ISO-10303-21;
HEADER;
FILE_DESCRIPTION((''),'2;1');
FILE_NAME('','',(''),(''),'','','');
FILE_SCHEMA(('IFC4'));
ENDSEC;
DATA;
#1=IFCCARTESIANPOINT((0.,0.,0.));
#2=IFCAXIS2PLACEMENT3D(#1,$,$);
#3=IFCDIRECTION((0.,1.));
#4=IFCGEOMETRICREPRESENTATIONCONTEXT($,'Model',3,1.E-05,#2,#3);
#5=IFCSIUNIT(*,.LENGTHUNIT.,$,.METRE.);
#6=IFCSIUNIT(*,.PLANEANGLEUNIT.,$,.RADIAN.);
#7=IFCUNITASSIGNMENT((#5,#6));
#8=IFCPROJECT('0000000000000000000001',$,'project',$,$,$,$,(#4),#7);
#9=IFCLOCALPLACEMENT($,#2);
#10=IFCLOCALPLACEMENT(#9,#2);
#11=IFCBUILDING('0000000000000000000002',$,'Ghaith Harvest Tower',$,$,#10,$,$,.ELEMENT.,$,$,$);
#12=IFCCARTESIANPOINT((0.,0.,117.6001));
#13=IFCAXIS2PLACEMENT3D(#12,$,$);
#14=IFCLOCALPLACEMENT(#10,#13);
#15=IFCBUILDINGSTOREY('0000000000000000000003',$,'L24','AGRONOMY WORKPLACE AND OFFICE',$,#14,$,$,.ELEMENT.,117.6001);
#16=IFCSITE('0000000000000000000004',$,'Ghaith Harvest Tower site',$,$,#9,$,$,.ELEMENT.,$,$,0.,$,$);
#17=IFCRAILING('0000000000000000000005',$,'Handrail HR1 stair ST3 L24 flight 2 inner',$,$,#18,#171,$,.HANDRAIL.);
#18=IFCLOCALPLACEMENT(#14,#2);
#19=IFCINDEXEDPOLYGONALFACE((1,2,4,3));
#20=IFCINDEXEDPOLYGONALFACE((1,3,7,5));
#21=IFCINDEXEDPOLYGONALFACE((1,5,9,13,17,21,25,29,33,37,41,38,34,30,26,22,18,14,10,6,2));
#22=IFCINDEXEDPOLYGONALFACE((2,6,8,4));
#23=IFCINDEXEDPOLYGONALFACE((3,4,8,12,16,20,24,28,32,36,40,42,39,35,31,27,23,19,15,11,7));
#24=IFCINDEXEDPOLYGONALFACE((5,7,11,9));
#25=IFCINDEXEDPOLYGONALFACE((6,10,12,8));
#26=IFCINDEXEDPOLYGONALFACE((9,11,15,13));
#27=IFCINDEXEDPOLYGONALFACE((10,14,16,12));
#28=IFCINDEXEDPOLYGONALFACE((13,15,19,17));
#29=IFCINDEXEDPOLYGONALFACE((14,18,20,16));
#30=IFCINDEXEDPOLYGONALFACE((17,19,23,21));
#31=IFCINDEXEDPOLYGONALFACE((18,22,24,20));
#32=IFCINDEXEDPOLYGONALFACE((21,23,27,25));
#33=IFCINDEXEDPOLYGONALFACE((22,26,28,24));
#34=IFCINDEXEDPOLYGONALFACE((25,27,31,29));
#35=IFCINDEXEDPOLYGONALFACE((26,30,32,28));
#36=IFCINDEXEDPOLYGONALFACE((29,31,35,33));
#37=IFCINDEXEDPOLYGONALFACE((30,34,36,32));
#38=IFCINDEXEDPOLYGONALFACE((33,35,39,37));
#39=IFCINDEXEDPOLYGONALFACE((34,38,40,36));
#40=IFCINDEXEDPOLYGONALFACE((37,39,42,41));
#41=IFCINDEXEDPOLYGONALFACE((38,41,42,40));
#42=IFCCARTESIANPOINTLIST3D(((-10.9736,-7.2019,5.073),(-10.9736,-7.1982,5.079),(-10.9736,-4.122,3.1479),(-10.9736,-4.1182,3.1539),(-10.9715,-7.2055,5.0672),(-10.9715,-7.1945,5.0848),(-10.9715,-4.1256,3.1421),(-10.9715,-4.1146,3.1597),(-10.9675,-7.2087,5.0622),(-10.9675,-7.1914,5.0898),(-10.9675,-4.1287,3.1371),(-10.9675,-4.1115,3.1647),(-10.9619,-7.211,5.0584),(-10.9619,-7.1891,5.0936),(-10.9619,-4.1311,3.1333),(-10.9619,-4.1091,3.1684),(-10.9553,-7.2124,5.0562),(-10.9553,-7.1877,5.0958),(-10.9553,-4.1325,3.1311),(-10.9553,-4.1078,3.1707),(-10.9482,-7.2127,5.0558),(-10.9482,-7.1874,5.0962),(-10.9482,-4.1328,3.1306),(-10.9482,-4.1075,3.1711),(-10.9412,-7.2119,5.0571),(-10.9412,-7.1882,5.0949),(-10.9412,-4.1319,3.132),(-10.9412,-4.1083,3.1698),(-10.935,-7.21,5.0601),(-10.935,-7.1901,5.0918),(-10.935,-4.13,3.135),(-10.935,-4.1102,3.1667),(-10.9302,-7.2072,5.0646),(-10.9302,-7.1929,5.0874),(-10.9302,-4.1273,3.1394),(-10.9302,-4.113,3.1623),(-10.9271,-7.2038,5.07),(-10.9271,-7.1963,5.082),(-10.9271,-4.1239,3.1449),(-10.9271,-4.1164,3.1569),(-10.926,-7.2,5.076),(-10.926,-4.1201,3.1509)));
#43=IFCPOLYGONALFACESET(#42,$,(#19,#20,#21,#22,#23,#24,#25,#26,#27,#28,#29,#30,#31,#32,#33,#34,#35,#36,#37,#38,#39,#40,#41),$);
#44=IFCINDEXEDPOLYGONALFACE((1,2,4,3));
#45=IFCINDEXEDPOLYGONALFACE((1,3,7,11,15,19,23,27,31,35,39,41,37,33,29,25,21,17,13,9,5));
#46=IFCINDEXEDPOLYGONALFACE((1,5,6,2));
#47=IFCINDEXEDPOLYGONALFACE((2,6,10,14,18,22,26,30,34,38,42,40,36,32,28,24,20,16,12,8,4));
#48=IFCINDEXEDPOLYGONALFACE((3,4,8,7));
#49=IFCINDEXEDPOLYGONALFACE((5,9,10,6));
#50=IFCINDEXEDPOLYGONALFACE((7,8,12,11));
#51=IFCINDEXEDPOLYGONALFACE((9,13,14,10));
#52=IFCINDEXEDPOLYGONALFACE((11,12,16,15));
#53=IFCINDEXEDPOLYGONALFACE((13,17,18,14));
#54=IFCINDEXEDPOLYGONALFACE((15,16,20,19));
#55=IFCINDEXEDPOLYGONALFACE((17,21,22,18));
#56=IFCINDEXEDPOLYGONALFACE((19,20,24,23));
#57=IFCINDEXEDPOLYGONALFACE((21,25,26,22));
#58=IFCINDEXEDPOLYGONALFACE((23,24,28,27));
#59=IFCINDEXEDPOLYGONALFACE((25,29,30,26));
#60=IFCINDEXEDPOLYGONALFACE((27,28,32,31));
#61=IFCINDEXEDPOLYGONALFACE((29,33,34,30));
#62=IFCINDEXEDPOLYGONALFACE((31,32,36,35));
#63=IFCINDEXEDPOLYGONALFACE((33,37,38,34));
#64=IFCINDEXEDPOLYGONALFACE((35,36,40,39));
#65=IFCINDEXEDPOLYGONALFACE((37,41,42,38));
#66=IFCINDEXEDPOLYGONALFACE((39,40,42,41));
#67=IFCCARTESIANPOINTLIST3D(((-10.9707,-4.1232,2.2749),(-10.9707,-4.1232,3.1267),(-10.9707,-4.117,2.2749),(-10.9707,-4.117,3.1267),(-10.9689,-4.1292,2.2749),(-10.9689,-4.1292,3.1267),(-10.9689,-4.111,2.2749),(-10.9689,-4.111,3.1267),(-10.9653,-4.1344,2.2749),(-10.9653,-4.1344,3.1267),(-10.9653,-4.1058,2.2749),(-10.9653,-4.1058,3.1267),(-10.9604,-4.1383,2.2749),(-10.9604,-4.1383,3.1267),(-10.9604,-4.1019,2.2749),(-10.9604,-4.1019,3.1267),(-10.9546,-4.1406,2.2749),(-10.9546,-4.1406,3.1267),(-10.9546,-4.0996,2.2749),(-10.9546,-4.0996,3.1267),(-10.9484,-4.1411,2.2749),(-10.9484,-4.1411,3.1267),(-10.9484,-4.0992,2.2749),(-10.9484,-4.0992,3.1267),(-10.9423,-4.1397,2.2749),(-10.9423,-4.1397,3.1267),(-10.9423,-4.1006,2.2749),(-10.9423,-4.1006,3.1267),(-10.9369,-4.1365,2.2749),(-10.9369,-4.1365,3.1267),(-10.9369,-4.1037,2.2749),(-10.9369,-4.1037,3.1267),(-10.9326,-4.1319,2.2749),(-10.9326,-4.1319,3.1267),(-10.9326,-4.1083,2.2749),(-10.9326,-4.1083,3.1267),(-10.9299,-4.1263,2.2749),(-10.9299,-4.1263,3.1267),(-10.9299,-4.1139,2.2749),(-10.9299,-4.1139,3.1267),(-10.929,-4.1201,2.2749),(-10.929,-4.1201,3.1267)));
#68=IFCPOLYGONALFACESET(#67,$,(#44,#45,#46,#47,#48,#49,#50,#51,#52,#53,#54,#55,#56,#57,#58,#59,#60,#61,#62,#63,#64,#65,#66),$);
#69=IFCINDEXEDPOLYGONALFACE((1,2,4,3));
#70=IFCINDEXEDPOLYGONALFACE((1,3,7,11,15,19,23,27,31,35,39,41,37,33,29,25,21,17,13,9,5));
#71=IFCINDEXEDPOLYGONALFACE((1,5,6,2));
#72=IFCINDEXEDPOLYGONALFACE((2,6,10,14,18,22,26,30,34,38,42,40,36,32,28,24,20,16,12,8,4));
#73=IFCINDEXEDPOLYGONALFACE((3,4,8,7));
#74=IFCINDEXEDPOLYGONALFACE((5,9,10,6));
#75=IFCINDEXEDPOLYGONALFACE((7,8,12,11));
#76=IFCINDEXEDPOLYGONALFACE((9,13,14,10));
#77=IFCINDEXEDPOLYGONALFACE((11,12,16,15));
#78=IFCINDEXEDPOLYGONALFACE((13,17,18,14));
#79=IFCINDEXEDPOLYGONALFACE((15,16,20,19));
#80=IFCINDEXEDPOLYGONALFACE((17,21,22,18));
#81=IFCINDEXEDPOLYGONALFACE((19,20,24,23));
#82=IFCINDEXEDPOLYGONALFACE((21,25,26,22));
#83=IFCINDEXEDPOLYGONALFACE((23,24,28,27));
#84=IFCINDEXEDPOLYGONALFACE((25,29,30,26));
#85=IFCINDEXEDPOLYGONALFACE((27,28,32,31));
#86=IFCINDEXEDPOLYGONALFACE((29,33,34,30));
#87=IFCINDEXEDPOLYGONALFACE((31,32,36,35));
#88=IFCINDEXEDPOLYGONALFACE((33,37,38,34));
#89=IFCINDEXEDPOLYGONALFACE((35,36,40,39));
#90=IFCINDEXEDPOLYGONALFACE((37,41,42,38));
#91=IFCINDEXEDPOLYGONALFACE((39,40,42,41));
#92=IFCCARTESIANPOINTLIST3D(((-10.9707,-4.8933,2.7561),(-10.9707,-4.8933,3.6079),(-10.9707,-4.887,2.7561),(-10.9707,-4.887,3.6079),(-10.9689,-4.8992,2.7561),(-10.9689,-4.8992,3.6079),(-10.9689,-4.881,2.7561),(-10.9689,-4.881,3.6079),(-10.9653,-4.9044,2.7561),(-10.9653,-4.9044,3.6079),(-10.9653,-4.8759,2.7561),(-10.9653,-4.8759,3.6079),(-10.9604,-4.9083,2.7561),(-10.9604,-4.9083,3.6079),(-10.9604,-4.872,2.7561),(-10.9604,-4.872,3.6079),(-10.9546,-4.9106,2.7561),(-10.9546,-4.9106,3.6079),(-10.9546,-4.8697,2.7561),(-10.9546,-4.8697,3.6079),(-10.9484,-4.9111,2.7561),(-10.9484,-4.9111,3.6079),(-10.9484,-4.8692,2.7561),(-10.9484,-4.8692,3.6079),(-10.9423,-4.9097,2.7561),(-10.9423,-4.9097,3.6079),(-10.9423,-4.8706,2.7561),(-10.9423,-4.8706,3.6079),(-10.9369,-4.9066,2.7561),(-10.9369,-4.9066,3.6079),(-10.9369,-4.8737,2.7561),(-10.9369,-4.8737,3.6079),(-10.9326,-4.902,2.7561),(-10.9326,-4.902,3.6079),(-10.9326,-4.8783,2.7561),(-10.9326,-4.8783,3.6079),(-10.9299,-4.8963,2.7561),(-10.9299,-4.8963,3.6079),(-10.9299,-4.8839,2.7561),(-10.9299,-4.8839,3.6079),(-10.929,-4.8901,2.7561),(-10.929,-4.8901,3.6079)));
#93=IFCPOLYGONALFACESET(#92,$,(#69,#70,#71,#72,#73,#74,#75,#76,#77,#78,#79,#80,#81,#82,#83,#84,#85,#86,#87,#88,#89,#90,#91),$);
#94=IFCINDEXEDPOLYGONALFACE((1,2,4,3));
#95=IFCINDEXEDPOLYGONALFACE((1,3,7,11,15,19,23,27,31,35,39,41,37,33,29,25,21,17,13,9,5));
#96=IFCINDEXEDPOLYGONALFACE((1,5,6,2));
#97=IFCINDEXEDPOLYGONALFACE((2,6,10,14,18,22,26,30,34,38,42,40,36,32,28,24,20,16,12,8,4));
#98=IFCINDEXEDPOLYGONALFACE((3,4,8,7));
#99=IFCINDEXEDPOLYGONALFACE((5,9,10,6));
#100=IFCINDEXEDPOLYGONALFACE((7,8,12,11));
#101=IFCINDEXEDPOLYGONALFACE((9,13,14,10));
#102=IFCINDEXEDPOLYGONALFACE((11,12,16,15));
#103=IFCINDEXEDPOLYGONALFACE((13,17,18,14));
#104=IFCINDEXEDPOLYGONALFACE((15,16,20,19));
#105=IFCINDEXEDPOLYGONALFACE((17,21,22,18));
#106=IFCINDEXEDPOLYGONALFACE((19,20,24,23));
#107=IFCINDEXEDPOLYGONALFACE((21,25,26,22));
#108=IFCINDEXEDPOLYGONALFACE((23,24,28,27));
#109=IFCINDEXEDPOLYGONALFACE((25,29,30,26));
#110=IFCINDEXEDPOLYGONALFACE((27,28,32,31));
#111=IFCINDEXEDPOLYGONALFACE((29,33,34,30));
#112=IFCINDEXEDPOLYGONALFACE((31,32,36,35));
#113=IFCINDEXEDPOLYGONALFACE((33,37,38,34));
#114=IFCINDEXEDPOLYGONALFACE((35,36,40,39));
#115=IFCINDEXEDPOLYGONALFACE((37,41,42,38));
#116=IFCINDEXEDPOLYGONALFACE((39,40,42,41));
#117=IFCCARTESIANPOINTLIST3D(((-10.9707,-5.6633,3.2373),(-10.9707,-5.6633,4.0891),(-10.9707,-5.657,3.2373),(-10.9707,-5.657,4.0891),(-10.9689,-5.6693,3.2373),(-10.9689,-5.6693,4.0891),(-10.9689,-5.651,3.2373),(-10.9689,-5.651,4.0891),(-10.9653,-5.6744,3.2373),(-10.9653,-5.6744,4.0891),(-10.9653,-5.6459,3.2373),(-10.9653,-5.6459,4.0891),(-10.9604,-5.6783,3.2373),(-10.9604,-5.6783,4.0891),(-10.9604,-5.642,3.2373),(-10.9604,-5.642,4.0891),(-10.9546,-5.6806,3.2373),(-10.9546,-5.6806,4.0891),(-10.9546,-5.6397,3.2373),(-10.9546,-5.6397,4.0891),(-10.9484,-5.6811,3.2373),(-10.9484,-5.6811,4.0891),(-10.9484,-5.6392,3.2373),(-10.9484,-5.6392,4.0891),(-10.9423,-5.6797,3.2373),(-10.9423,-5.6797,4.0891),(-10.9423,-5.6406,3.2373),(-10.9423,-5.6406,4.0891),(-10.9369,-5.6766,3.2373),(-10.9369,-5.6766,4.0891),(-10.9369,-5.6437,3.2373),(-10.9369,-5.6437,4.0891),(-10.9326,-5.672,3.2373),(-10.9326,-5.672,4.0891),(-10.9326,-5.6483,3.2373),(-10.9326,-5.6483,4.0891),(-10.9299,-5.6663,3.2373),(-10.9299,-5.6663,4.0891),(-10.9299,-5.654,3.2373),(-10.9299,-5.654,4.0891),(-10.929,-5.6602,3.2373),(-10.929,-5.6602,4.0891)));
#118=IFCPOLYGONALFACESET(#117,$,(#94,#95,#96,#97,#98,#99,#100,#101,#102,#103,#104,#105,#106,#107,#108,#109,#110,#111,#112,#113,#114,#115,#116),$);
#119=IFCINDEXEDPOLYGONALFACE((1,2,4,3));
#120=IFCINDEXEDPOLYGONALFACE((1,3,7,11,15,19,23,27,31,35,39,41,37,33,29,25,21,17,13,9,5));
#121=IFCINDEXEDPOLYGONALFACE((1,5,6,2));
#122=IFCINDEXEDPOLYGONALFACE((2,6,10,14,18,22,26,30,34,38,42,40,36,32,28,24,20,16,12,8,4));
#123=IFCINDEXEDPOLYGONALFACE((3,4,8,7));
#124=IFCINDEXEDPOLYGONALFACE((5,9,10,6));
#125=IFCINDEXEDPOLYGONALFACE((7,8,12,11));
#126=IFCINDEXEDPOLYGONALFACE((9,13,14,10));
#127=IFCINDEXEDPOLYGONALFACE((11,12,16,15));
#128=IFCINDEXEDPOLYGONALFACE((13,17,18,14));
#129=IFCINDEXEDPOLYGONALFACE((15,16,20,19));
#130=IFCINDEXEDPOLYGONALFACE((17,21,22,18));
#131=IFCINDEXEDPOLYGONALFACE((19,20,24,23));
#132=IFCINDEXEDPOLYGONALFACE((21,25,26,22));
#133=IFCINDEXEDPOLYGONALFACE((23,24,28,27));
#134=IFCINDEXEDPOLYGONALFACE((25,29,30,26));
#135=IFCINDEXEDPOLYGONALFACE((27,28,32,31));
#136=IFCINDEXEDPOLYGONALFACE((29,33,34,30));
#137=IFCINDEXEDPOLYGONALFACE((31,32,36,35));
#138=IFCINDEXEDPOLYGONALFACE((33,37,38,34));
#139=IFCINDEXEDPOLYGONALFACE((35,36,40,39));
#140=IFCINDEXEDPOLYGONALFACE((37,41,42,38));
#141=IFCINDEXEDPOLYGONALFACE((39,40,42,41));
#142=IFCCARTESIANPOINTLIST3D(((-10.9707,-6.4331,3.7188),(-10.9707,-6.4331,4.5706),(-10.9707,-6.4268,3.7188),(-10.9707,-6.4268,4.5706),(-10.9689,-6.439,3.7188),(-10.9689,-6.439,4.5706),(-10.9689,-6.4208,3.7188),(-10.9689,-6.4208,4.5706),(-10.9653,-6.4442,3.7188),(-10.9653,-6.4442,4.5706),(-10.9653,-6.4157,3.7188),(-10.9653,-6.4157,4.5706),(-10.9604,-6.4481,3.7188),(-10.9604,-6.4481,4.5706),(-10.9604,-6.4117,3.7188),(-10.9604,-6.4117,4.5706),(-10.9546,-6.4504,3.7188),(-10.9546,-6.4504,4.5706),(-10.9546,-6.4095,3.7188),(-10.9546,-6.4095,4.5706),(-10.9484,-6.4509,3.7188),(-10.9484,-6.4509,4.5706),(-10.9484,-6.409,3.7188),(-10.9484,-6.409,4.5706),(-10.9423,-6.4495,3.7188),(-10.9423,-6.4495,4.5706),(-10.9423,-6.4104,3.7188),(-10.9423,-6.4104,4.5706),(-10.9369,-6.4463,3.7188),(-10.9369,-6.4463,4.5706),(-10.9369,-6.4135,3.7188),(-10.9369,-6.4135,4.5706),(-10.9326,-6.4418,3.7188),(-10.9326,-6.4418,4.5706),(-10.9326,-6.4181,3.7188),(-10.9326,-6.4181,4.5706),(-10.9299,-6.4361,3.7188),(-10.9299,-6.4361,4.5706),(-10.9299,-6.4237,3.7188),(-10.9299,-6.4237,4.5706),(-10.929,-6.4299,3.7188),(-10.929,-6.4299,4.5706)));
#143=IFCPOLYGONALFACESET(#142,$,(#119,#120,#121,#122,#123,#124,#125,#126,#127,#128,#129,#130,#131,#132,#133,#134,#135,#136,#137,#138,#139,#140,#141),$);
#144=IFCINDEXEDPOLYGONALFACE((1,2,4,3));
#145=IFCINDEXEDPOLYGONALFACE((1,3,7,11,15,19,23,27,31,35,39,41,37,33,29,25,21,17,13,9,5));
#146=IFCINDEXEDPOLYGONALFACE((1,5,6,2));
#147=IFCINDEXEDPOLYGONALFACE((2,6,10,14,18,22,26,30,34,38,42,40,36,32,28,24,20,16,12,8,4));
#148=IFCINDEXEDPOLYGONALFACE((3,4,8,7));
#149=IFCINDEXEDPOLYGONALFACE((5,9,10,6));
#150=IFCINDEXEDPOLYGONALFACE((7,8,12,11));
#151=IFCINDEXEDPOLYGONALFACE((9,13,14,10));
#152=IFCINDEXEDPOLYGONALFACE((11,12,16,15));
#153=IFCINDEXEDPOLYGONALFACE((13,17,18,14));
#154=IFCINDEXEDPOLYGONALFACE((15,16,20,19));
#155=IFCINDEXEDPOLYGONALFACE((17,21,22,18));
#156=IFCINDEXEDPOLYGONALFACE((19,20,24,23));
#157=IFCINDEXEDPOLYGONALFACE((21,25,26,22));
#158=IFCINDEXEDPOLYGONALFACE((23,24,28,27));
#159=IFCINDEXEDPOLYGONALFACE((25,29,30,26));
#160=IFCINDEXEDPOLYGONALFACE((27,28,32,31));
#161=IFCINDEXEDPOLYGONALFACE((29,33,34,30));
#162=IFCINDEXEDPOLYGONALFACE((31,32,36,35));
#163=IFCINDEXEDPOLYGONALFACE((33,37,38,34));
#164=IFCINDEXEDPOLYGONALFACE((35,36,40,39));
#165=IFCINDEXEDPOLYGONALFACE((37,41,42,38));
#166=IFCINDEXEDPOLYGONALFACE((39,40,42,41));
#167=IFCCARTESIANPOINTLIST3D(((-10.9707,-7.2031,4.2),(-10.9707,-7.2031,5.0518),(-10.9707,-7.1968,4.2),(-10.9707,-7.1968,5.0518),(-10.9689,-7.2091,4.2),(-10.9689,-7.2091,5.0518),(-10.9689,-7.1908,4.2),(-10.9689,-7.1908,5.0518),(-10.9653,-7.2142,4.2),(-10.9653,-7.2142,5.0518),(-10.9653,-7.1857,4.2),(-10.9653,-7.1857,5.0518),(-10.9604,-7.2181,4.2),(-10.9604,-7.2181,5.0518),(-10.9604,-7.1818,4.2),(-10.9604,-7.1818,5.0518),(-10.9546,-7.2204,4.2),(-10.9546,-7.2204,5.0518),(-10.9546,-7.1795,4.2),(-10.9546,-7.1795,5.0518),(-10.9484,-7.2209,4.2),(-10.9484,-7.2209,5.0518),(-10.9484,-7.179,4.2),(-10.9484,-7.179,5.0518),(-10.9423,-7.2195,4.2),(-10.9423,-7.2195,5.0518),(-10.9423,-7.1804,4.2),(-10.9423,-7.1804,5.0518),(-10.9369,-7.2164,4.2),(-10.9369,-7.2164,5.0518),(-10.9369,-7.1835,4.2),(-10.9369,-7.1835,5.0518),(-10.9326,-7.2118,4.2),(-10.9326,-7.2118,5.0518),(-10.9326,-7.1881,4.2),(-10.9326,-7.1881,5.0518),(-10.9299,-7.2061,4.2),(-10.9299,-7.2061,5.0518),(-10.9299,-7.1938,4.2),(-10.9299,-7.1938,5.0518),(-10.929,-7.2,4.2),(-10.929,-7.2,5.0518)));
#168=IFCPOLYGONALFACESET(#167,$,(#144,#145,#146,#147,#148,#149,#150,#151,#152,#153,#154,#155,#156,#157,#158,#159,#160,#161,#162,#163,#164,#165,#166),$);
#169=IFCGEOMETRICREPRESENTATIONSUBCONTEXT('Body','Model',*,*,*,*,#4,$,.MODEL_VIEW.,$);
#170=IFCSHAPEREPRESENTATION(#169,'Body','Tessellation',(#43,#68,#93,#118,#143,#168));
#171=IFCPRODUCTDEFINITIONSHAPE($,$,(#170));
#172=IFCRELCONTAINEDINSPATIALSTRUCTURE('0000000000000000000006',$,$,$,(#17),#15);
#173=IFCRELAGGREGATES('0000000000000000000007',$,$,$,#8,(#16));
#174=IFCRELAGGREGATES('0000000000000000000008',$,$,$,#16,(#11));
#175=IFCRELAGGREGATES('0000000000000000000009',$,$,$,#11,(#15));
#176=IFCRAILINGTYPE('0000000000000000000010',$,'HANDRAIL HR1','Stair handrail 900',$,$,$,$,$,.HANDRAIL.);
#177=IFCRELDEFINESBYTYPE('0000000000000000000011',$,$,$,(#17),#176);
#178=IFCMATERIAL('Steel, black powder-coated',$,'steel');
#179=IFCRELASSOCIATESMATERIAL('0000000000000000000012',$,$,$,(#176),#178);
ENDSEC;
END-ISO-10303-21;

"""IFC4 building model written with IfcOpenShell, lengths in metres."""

from ifc_helpers import new_model, si_unit, direction, frame, origin, origin_2d, place, context, subcontext, project, spatial, circle, extrude, material, type_object, element, save


model = new_model("IFC4")

# Units and contexts
model_context = context("Model", 3, precision=1e-05, world=origin(), true_north=direction((0.0, 1.0)))
body_context = subcontext(model_context, "Body", "Model", "MODEL_VIEW")
ifc_project = project(units=[si_unit("LENGTHUNIT", "METRE"), si_unit("PLANEANGLEUNIT", "RADIAN")], contexts=[model_context])

# Site, building, storey
site_placement = place(None, origin())
site = spatial("IfcSite", under=ifc_project, at=site_placement, Name="Ghaith Harvest Tower site", CompositionType="ELEMENT", RefElevation=0.0)
building_placement = place(site_placement, origin())
building = spatial("IfcBuilding", under=site, at=building_placement, Name="Ghaith Harvest Tower", CompositionType="ELEMENT")
storey_placement = place(building_placement, frame((0.0, 0.0, 117.6001)))
storey = spatial("IfcBuildingStorey", under=building, at=storey_placement, Name="L24", Description="AGRONOMY WORKPLACE AND OFFICE", CompositionType="ELEMENT", Elevation=117.6001)

# Railing
ifc_material_1 = material(Name="Steel, black powder-coated", Category="steel")
railing_type = type_object("IfcRailingType", Name="HANDRAIL HR1", Description="Stair handrail 900", PredefinedType="HANDRAIL", material=ifc_material_1)
railing_1_placement = place(storey_placement, frame((-10.95, -4.1201, 2.2749)))
element("IfcRailing", 1, at=railing_1_placement, inside=storey, type_object=railing_type, Name="Handrail HR1 stair ST3 L24 flight 2 inner", PredefinedType="HANDRAIL", context=body_context, shape_type="SweptSolid", body=[
    extrude(circle(Radius=0.0239, at=origin_2d()), frame((0.0, 0.0, 0.876), z_axis=(0.0, -0.847979, 0.530029), x_axis=(1.0, 0.0, 0.0)), (0.0, 0.0, 1.0), 3.6321),
    extrude(circle(Radius=0.021, at=origin_2d()), origin(), (0.0, 0.0, 1.0), 0.8518),
    extrude(circle(Radius=0.021, at=origin_2d()), frame((0.0, -0.77, 0.4812)), (0.0, 0.0, 1.0), 0.8518),
    extrude(circle(Radius=0.021, at=origin_2d()), frame((0.0, -1.54, 0.9624)), (0.0, 0.0, 1.0), 0.8518),
    extrude(circle(Radius=0.021, at=origin_2d()), frame((0.0, -2.3098, 1.4438)), (0.0, 0.0, 1.0), 0.8518),
    extrude(circle(Radius=0.021, at=origin_2d()), frame((0.0, -3.0798, 1.925)), (0.0, 0.0, 1.0), 0.8518),
])

save(model, "model.ifc")
